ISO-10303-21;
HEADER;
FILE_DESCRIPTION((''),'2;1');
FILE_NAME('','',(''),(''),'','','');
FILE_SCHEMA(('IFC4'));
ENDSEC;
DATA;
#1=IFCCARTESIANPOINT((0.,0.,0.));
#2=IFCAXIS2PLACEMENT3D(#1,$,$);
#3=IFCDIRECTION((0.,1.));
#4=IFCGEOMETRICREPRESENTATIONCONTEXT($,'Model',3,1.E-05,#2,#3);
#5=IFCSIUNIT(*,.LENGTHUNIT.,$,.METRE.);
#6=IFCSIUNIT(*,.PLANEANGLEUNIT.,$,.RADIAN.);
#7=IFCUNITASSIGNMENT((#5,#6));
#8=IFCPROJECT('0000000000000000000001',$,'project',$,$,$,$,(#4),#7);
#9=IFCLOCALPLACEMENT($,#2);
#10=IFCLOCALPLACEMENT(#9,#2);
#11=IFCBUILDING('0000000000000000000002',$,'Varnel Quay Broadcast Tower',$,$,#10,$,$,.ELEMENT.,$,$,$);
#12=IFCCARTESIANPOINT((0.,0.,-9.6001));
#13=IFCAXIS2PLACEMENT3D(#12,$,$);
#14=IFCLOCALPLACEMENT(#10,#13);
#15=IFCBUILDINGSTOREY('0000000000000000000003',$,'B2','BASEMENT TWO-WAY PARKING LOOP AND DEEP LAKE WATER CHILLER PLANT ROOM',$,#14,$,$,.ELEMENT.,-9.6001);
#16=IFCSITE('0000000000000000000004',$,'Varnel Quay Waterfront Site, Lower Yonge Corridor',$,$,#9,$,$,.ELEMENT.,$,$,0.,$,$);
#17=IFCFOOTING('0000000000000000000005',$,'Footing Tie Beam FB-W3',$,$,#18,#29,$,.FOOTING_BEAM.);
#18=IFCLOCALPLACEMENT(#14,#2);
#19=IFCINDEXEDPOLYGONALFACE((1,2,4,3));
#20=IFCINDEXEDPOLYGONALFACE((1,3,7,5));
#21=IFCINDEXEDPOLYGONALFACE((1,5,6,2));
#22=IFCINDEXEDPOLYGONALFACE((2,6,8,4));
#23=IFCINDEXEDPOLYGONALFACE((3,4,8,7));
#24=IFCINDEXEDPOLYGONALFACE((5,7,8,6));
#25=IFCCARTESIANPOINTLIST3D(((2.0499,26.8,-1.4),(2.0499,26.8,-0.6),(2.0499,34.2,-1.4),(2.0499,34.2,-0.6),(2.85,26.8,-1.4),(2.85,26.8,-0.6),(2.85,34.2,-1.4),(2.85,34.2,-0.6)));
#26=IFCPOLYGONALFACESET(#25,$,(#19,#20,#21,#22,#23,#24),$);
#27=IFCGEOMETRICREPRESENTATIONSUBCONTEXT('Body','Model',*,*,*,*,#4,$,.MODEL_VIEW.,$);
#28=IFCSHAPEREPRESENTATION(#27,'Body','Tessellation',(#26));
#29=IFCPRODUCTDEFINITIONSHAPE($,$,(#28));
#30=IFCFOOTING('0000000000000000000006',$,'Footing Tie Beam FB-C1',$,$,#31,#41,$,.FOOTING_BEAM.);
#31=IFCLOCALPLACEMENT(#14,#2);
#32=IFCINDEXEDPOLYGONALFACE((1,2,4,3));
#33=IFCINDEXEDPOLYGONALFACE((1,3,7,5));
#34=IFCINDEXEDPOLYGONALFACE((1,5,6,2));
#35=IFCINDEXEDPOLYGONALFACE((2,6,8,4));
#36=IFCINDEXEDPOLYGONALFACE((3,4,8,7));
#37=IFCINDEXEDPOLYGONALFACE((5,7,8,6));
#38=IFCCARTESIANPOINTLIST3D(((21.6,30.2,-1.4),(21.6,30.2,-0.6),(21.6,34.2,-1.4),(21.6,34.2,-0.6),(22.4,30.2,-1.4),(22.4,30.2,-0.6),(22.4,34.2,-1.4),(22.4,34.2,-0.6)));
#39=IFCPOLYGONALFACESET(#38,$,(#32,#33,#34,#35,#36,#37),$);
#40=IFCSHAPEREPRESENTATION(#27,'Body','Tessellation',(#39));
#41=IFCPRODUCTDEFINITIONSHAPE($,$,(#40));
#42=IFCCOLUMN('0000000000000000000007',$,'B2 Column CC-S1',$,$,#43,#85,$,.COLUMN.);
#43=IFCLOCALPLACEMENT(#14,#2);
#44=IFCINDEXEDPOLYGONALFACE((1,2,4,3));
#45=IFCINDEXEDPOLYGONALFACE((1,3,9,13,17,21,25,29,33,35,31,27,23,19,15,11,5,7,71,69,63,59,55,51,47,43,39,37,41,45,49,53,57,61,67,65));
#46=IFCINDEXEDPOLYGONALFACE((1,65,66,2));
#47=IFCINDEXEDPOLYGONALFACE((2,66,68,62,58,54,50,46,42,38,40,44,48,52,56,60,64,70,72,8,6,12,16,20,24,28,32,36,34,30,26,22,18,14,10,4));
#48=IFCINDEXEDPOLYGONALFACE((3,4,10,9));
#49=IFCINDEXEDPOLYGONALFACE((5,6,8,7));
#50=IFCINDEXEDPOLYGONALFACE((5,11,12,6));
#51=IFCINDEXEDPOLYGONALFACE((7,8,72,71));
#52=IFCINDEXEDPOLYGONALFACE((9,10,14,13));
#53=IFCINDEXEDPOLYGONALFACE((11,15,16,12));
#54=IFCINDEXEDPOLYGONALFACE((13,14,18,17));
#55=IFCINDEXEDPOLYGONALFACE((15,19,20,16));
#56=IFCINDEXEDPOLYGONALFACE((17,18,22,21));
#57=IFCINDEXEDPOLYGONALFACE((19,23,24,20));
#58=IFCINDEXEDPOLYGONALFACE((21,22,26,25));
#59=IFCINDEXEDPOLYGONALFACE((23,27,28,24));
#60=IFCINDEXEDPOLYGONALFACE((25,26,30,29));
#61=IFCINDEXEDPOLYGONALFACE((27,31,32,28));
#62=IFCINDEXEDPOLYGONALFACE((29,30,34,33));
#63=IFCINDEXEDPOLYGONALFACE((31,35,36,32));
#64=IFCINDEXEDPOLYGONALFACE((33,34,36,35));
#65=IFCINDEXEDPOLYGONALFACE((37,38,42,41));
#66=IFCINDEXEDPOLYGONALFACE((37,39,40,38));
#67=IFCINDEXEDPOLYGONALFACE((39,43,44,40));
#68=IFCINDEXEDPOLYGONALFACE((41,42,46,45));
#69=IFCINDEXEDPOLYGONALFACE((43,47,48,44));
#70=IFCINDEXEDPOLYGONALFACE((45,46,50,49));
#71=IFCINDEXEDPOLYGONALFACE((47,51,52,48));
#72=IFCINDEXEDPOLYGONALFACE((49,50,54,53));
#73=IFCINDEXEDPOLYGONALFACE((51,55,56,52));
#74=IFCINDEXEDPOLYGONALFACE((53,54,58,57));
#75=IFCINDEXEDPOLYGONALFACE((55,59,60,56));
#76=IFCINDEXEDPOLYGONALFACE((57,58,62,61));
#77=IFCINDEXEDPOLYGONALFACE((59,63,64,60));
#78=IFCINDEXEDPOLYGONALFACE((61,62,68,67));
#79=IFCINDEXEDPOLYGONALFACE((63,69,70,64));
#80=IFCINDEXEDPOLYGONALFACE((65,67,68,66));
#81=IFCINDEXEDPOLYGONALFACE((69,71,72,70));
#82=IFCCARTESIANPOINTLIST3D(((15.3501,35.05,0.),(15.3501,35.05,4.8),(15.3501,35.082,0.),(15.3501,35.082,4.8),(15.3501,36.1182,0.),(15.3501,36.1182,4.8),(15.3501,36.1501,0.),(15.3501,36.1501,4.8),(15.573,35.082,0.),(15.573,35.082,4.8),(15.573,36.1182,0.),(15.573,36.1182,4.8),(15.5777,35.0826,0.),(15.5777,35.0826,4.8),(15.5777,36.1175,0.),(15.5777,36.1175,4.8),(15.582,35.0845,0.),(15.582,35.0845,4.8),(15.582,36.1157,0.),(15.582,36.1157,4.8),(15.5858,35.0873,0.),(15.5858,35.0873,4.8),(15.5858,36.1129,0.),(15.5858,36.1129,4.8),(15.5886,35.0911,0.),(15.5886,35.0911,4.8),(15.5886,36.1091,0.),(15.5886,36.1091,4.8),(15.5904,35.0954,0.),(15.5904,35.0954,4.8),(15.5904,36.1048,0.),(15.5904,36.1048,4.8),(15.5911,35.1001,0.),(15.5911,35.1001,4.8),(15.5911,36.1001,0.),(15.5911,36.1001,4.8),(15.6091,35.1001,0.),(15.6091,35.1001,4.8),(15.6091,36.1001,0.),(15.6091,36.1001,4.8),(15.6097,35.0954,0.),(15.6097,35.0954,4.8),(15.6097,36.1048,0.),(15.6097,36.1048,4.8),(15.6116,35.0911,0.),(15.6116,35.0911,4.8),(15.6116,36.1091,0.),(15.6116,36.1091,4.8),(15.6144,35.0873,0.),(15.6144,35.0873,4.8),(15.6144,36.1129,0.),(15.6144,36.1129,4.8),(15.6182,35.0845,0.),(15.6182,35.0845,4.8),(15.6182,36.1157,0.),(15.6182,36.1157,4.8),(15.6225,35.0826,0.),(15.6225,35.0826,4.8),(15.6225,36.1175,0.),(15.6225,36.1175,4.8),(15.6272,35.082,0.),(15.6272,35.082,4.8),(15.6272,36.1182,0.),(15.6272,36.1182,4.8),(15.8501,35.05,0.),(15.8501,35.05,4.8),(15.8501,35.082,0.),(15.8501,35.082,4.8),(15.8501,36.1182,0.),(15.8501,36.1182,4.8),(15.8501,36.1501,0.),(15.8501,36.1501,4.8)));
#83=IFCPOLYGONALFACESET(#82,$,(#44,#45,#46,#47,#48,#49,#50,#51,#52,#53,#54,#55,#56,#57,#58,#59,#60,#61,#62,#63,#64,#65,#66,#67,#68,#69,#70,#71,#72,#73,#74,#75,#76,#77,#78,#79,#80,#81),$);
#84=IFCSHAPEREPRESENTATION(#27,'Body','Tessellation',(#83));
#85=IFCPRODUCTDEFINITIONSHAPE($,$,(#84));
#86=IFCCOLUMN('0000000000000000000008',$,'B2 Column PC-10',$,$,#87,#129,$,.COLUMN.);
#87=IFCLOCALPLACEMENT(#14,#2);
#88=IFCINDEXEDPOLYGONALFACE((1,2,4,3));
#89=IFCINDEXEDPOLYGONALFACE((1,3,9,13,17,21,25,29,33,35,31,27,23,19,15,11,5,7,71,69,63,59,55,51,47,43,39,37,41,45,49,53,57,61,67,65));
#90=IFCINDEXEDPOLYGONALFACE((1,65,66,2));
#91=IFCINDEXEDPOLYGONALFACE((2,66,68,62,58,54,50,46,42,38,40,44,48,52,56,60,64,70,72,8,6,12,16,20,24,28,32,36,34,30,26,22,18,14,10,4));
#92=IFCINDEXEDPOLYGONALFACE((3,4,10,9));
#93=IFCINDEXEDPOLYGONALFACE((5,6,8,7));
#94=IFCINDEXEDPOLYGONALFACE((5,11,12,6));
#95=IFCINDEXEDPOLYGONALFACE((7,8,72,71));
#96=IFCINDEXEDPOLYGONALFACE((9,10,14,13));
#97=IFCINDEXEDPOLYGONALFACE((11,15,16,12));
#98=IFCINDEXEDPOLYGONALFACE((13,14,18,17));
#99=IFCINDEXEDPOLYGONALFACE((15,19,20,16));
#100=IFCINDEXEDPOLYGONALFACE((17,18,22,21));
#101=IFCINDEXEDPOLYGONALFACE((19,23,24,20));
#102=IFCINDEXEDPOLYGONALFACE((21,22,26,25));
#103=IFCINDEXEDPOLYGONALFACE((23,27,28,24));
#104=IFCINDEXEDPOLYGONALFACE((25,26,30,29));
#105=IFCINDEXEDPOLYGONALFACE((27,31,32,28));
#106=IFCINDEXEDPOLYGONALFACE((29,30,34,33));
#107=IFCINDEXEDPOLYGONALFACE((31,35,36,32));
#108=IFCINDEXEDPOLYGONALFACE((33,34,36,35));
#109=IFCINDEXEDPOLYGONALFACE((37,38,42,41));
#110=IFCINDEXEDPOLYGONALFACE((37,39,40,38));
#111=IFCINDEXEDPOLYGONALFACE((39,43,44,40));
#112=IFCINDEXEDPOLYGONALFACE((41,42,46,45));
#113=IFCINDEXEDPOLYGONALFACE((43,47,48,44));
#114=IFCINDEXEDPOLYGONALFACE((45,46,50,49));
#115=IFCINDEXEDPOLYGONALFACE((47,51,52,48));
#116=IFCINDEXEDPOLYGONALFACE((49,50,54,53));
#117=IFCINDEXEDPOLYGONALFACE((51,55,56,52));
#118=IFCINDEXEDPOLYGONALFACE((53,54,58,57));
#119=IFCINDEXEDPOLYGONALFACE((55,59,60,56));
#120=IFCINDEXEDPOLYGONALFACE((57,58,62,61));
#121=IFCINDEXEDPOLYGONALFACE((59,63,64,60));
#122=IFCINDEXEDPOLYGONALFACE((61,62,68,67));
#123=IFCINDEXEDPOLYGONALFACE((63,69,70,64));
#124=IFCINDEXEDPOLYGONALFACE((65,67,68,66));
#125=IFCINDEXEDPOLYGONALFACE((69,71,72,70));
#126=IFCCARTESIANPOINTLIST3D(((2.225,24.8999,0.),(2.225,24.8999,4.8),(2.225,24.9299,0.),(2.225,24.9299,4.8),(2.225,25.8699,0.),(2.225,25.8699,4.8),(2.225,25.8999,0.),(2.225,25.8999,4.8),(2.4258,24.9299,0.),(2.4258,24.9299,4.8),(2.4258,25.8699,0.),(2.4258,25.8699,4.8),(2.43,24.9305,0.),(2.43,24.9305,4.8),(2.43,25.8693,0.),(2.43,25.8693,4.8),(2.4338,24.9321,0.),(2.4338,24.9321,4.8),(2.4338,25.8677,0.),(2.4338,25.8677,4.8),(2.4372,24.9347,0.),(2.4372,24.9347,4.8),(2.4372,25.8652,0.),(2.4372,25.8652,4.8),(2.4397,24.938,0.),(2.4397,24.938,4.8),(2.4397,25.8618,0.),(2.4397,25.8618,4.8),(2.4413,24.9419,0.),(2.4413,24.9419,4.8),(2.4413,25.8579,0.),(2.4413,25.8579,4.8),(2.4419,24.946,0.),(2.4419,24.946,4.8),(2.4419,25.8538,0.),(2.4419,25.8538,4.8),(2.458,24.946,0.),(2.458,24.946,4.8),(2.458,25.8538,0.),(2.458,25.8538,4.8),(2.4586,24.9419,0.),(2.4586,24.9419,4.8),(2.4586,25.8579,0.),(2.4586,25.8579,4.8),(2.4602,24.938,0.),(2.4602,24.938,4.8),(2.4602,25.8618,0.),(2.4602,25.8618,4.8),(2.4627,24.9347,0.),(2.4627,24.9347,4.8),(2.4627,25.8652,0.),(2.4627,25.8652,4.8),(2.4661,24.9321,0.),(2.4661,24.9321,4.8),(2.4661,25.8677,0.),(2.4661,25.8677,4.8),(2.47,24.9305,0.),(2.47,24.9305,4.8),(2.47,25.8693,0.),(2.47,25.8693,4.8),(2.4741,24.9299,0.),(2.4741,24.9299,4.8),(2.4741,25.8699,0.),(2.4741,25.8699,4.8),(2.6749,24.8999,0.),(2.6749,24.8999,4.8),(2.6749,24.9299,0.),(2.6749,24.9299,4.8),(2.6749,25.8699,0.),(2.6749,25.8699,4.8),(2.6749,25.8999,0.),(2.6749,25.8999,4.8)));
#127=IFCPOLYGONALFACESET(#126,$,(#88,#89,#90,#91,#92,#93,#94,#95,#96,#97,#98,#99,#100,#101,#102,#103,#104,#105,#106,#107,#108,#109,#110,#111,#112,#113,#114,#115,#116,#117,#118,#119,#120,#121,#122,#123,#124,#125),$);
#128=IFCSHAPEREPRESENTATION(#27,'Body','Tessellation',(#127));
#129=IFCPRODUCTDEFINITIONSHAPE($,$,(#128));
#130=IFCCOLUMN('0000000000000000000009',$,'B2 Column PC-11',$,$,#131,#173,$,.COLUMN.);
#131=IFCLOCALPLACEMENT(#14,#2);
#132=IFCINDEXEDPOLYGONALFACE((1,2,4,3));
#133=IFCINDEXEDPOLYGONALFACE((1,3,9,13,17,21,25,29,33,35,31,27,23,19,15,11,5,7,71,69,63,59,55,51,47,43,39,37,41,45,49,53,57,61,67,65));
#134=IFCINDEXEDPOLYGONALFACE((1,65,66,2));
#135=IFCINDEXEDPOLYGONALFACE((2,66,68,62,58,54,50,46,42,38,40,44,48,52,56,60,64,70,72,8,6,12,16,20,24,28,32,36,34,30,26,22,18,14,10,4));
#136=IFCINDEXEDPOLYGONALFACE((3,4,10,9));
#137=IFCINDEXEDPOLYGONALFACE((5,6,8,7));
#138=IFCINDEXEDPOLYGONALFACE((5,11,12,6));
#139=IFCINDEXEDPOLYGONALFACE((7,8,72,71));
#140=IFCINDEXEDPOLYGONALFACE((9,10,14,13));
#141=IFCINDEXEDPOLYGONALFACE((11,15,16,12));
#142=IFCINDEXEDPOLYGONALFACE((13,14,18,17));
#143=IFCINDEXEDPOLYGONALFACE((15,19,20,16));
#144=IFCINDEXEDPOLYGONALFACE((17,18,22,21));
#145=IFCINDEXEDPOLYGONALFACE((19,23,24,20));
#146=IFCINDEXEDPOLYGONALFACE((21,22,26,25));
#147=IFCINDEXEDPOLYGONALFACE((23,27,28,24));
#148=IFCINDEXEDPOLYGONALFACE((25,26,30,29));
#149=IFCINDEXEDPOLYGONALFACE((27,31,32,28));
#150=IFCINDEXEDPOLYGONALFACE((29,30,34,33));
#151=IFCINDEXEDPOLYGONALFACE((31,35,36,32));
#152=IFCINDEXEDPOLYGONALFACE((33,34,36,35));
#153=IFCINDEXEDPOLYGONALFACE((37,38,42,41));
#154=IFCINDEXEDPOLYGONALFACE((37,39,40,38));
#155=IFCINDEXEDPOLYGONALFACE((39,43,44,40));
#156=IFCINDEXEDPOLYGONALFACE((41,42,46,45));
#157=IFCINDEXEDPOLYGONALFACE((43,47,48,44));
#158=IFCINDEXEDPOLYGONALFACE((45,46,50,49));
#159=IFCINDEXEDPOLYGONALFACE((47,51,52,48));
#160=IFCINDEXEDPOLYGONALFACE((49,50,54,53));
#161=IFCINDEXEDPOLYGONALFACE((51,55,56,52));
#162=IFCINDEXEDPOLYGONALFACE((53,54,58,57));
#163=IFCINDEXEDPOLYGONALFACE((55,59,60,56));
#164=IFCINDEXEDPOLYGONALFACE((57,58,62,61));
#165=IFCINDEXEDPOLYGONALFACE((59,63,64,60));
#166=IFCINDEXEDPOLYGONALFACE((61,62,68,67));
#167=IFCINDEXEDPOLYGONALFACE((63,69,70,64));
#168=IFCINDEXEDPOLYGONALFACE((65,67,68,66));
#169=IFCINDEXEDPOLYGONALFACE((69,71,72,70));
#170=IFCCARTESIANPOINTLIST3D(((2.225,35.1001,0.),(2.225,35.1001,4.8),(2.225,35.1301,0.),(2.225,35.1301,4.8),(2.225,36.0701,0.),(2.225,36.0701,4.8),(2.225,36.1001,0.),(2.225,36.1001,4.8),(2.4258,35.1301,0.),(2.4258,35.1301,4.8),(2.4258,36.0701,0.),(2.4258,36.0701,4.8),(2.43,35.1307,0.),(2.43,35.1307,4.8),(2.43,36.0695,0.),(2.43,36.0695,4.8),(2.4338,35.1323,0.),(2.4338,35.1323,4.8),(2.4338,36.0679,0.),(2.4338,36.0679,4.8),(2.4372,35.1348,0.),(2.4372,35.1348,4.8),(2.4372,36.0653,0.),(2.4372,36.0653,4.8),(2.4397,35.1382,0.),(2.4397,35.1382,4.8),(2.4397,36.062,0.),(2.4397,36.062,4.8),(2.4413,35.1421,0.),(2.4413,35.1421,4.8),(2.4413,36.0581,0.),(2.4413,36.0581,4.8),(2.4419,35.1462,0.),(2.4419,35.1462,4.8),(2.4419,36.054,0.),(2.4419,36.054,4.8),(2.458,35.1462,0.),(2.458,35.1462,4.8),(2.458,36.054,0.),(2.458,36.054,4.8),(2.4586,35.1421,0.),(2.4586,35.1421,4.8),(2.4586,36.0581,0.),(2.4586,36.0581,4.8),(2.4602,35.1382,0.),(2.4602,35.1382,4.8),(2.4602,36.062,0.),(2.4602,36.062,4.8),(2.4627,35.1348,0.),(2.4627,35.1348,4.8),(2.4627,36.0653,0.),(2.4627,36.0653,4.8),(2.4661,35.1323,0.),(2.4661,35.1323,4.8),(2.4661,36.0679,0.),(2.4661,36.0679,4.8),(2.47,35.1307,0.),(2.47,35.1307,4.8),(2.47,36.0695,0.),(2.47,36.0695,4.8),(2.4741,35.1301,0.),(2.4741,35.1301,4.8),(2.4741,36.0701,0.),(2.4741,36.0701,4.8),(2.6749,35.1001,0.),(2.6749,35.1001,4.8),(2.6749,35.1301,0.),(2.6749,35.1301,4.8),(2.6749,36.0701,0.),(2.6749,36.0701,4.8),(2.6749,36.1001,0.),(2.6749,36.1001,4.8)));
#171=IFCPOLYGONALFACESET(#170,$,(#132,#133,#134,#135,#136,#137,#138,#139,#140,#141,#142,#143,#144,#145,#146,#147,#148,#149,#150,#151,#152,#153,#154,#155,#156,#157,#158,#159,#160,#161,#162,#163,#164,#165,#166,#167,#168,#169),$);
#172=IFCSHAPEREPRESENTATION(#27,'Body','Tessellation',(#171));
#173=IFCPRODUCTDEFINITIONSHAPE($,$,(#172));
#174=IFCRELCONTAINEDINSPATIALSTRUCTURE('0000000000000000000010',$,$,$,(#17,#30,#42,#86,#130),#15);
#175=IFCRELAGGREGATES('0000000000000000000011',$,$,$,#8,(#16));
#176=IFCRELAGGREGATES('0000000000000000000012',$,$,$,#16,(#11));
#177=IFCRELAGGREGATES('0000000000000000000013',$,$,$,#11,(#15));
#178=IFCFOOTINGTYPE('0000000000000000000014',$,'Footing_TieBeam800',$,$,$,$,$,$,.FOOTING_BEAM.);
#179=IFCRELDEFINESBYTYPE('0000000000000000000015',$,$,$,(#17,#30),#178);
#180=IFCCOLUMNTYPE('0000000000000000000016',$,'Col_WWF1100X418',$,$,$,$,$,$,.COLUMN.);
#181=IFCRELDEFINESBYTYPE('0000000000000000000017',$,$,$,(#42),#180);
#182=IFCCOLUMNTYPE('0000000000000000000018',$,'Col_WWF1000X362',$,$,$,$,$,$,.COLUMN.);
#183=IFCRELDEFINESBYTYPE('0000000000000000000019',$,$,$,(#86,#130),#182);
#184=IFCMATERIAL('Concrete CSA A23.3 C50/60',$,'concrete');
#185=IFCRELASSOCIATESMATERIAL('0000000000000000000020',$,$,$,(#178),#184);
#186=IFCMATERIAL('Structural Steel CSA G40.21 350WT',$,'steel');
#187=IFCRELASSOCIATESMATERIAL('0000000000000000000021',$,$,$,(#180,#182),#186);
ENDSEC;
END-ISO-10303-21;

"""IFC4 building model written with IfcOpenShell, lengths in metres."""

from ifc_helpers import new_model, si_unit, direction, frame, origin, origin_2d, place, context, subcontext, project, spatial, rectangle, i_section, extrude, source, transform, mapped, material, material_profile, profile_set, type_object, type_shapes, element, save


model = new_model("IFC4")

# Units and contexts
model_context = context("Model", 3, precision=1e-05, world=origin(), true_north=direction((0.0, 1.0)))
body_context = subcontext(model_context, "Body", "Model", "MODEL_VIEW")
ifc_project = project(units=[si_unit("LENGTHUNIT", "METRE"), si_unit("PLANEANGLEUNIT", "RADIAN")], contexts=[model_context])

# Site, building, storey
site_placement = place(None, origin())
site = spatial("IfcSite", under=ifc_project, at=site_placement, Name="Varnel Quay Waterfront Site, Lower Yonge Corridor", CompositionType="ELEMENT", RefElevation=0.0)
building_placement = place(site_placement, origin())
building = spatial("IfcBuilding", under=site, at=building_placement, Name="Varnel Quay Broadcast Tower", CompositionType="ELEMENT")
storey_placement = place(building_placement, frame((0.0, 0.0, -9.6001)))
storey = spatial("IfcBuildingStorey", under=building, at=storey_placement, Name="B2", Description="BASEMENT TWO-WAY PARKING LOOP AND DEEP LAKE WATER CHILLER PLANT ROOM", CompositionType="ELEMENT", Elevation=-9.6001)

# Shared definitions
ifc_material_1 = material(Name="Concrete CSA A23.3 C50/60", Category="concrete")

# Footings
ifc_material_profile_1 = material_profile(ifc_material_1, rectangle(XDim=0.8, YDim=0.8, at=origin_2d()), Name="RC800X800")
ifc_profile_set_1 = profile_set([ifc_material_profile_1], Name="Concrete CSA A23.3 C50/60")
footing_type = type_object("IfcFootingType", Name="Footing_TieBeam800", PredefinedType="FOOTING_BEAM", material=ifc_profile_set_1)
shared_shape_1 = source(origin(), body_context, "Body", "SweptSolid", [
    extrude(rectangle(XDim=0.8, YDim=0.8, at=origin_2d()), origin(), (0.0, 0.0, 1.0), 7.3999),
])
footing_1_placement = place(storey_placement, frame((2.45, 26.8, -1.0), z_axis=(0.0, 1.0, 0.0), x_axis=(-1.0, 0.0, 0.0)))
element("IfcFooting", 1, at=footing_1_placement, inside=storey, type_object=footing_type, Name="Footing Tie Beam FB-W3", PredefinedType="FOOTING_BEAM", context=body_context, shape_type="MappedRepresentation", body=[
    mapped(shared_shape_1, transform((0.0, 0.0, 0.0), x_axis=(1.0, 0.0, 0.0), y_axis=(0.0, 1.0, 0.0), z_axis=(0.0, 0.0, 1.0), scale=1.0)),
])
shared_shape_2 = source(origin(), body_context, "Body", "SweptSolid", [
    extrude(rectangle(XDim=0.8, YDim=0.8, at=origin_2d()), origin(), (0.0, 0.0, 1.0), 4.0),
])
footing_2_placement = place(storey_placement, frame((22.0, 30.2, -1.0), z_axis=(0.0, 1.0, 0.0), x_axis=(-1.0, 0.0, 0.0)))
element("IfcFooting", 2, at=footing_2_placement, inside=storey, type_object=footing_type, Name="Footing Tie Beam FB-C1", PredefinedType="FOOTING_BEAM", context=body_context, shape_type="MappedRepresentation", body=[
    mapped(shared_shape_2, transform((0.0, 0.0, 0.0), x_axis=(1.0, 0.0, 0.0), y_axis=(0.0, 1.0, 0.0), z_axis=(0.0, 0.0, 1.0), scale=1.0)),
])

# Columns
ifc_material_2 = material(Name="Structural Steel CSA G40.21 350WT", Category="steel")
ifc_material_profile_2 = material_profile(ifc_material_2, i_section(OverallWidth=0.5, OverallDepth=1.1001, WebThickness=0.0181, FlangeThickness=0.032, FilletRadius=0.0181, at=origin_2d()), Name="WWF1100X418")
ifc_profile_set_2 = profile_set([ifc_material_profile_2], Name="Structural Steel CSA G40.21 350WT")
column_type_1 = type_object("IfcColumnType", Name="Col_WWF1100X418", PredefinedType="COLUMN", material=ifc_profile_set_2)
shared_shape_3 = source(origin(), body_context, "Body", "SweptSolid", [
    extrude(i_section(OverallWidth=0.5, OverallDepth=1.1001, WebThickness=0.0181, FlangeThickness=0.032, FilletRadius=0.0181, at=origin_2d()), origin(), (0.0, 0.0, 1.0), 4.8),
])
type_shapes(column_type_1, [shared_shape_3])
column_placement = place(storey_placement, frame((15.6001, 35.6001, 0.0), z_axis=(0.0, 0.0, 1.0), x_axis=(1.0, 0.0, 0.0)))
element("IfcColumn", 3, at=column_placement, inside=storey, type_object=column_type_1, Name="B2 Column CC-S1", PredefinedType="COLUMN", context=body_context, shape_type="MappedRepresentation", body=[
    mapped(shared_shape_3, transform((0.0, 0.0, 0.0), x_axis=(1.0, 0.0, 0.0), y_axis=(0.0, 1.0, 0.0), z_axis=(0.0, 0.0, 1.0), scale=1.0)),
])
ifc_material_profile_3 = material_profile(ifc_material_2, i_section(OverallWidth=0.45, OverallDepth=1.0, WebThickness=0.0161, FlangeThickness=0.03, FilletRadius=0.0161, at=origin_2d()), Name="WWF1000X362")
ifc_profile_set_3 = profile_set([ifc_material_profile_3], Name="Structural Steel CSA G40.21 350WT")
column_type_2 = type_object("IfcColumnType", Name="Col_WWF1000X362", PredefinedType="COLUMN", material=ifc_profile_set_3)
shared_shape_4 = source(origin(), body_context, "Body", "SweptSolid", [
    extrude(i_section(OverallWidth=0.45, OverallDepth=1.0, WebThickness=0.0161, FlangeThickness=0.03, FilletRadius=0.0161, at=origin_2d()), origin(), (0.0, 0.0, 1.0), 4.8),
])
type_shapes(column_type_2, [shared_shape_4])
for number, where, z_axis, x_axis, name in (
    (4, (2.45, 25.3999, 0.0), (0.0, 0.0, 1.0), (1.0, 0.0, 0.0), "B2 Column PC-10"),
    (5, (2.45, 35.6001, 0.0), (0.0, 0.0, 1.0), (1.0, 0.0, 0.0), "B2 Column PC-11"),
):
    element("IfcColumn", number, at=place(storey_placement, frame(where, z_axis=z_axis, x_axis=x_axis)), inside=storey, type_object=column_type_2, Name=name, PredefinedType="COLUMN", context=body_context, shape_type="MappedRepresentation", body=[
        mapped(shared_shape_4, transform((0.0, 0.0, 0.0), x_axis=(1.0, 0.0, 0.0), y_axis=(0.0, 1.0, 0.0), z_axis=(0.0, 0.0, 1.0), scale=1.0)),
    ])

save(model, "model.ifc")
